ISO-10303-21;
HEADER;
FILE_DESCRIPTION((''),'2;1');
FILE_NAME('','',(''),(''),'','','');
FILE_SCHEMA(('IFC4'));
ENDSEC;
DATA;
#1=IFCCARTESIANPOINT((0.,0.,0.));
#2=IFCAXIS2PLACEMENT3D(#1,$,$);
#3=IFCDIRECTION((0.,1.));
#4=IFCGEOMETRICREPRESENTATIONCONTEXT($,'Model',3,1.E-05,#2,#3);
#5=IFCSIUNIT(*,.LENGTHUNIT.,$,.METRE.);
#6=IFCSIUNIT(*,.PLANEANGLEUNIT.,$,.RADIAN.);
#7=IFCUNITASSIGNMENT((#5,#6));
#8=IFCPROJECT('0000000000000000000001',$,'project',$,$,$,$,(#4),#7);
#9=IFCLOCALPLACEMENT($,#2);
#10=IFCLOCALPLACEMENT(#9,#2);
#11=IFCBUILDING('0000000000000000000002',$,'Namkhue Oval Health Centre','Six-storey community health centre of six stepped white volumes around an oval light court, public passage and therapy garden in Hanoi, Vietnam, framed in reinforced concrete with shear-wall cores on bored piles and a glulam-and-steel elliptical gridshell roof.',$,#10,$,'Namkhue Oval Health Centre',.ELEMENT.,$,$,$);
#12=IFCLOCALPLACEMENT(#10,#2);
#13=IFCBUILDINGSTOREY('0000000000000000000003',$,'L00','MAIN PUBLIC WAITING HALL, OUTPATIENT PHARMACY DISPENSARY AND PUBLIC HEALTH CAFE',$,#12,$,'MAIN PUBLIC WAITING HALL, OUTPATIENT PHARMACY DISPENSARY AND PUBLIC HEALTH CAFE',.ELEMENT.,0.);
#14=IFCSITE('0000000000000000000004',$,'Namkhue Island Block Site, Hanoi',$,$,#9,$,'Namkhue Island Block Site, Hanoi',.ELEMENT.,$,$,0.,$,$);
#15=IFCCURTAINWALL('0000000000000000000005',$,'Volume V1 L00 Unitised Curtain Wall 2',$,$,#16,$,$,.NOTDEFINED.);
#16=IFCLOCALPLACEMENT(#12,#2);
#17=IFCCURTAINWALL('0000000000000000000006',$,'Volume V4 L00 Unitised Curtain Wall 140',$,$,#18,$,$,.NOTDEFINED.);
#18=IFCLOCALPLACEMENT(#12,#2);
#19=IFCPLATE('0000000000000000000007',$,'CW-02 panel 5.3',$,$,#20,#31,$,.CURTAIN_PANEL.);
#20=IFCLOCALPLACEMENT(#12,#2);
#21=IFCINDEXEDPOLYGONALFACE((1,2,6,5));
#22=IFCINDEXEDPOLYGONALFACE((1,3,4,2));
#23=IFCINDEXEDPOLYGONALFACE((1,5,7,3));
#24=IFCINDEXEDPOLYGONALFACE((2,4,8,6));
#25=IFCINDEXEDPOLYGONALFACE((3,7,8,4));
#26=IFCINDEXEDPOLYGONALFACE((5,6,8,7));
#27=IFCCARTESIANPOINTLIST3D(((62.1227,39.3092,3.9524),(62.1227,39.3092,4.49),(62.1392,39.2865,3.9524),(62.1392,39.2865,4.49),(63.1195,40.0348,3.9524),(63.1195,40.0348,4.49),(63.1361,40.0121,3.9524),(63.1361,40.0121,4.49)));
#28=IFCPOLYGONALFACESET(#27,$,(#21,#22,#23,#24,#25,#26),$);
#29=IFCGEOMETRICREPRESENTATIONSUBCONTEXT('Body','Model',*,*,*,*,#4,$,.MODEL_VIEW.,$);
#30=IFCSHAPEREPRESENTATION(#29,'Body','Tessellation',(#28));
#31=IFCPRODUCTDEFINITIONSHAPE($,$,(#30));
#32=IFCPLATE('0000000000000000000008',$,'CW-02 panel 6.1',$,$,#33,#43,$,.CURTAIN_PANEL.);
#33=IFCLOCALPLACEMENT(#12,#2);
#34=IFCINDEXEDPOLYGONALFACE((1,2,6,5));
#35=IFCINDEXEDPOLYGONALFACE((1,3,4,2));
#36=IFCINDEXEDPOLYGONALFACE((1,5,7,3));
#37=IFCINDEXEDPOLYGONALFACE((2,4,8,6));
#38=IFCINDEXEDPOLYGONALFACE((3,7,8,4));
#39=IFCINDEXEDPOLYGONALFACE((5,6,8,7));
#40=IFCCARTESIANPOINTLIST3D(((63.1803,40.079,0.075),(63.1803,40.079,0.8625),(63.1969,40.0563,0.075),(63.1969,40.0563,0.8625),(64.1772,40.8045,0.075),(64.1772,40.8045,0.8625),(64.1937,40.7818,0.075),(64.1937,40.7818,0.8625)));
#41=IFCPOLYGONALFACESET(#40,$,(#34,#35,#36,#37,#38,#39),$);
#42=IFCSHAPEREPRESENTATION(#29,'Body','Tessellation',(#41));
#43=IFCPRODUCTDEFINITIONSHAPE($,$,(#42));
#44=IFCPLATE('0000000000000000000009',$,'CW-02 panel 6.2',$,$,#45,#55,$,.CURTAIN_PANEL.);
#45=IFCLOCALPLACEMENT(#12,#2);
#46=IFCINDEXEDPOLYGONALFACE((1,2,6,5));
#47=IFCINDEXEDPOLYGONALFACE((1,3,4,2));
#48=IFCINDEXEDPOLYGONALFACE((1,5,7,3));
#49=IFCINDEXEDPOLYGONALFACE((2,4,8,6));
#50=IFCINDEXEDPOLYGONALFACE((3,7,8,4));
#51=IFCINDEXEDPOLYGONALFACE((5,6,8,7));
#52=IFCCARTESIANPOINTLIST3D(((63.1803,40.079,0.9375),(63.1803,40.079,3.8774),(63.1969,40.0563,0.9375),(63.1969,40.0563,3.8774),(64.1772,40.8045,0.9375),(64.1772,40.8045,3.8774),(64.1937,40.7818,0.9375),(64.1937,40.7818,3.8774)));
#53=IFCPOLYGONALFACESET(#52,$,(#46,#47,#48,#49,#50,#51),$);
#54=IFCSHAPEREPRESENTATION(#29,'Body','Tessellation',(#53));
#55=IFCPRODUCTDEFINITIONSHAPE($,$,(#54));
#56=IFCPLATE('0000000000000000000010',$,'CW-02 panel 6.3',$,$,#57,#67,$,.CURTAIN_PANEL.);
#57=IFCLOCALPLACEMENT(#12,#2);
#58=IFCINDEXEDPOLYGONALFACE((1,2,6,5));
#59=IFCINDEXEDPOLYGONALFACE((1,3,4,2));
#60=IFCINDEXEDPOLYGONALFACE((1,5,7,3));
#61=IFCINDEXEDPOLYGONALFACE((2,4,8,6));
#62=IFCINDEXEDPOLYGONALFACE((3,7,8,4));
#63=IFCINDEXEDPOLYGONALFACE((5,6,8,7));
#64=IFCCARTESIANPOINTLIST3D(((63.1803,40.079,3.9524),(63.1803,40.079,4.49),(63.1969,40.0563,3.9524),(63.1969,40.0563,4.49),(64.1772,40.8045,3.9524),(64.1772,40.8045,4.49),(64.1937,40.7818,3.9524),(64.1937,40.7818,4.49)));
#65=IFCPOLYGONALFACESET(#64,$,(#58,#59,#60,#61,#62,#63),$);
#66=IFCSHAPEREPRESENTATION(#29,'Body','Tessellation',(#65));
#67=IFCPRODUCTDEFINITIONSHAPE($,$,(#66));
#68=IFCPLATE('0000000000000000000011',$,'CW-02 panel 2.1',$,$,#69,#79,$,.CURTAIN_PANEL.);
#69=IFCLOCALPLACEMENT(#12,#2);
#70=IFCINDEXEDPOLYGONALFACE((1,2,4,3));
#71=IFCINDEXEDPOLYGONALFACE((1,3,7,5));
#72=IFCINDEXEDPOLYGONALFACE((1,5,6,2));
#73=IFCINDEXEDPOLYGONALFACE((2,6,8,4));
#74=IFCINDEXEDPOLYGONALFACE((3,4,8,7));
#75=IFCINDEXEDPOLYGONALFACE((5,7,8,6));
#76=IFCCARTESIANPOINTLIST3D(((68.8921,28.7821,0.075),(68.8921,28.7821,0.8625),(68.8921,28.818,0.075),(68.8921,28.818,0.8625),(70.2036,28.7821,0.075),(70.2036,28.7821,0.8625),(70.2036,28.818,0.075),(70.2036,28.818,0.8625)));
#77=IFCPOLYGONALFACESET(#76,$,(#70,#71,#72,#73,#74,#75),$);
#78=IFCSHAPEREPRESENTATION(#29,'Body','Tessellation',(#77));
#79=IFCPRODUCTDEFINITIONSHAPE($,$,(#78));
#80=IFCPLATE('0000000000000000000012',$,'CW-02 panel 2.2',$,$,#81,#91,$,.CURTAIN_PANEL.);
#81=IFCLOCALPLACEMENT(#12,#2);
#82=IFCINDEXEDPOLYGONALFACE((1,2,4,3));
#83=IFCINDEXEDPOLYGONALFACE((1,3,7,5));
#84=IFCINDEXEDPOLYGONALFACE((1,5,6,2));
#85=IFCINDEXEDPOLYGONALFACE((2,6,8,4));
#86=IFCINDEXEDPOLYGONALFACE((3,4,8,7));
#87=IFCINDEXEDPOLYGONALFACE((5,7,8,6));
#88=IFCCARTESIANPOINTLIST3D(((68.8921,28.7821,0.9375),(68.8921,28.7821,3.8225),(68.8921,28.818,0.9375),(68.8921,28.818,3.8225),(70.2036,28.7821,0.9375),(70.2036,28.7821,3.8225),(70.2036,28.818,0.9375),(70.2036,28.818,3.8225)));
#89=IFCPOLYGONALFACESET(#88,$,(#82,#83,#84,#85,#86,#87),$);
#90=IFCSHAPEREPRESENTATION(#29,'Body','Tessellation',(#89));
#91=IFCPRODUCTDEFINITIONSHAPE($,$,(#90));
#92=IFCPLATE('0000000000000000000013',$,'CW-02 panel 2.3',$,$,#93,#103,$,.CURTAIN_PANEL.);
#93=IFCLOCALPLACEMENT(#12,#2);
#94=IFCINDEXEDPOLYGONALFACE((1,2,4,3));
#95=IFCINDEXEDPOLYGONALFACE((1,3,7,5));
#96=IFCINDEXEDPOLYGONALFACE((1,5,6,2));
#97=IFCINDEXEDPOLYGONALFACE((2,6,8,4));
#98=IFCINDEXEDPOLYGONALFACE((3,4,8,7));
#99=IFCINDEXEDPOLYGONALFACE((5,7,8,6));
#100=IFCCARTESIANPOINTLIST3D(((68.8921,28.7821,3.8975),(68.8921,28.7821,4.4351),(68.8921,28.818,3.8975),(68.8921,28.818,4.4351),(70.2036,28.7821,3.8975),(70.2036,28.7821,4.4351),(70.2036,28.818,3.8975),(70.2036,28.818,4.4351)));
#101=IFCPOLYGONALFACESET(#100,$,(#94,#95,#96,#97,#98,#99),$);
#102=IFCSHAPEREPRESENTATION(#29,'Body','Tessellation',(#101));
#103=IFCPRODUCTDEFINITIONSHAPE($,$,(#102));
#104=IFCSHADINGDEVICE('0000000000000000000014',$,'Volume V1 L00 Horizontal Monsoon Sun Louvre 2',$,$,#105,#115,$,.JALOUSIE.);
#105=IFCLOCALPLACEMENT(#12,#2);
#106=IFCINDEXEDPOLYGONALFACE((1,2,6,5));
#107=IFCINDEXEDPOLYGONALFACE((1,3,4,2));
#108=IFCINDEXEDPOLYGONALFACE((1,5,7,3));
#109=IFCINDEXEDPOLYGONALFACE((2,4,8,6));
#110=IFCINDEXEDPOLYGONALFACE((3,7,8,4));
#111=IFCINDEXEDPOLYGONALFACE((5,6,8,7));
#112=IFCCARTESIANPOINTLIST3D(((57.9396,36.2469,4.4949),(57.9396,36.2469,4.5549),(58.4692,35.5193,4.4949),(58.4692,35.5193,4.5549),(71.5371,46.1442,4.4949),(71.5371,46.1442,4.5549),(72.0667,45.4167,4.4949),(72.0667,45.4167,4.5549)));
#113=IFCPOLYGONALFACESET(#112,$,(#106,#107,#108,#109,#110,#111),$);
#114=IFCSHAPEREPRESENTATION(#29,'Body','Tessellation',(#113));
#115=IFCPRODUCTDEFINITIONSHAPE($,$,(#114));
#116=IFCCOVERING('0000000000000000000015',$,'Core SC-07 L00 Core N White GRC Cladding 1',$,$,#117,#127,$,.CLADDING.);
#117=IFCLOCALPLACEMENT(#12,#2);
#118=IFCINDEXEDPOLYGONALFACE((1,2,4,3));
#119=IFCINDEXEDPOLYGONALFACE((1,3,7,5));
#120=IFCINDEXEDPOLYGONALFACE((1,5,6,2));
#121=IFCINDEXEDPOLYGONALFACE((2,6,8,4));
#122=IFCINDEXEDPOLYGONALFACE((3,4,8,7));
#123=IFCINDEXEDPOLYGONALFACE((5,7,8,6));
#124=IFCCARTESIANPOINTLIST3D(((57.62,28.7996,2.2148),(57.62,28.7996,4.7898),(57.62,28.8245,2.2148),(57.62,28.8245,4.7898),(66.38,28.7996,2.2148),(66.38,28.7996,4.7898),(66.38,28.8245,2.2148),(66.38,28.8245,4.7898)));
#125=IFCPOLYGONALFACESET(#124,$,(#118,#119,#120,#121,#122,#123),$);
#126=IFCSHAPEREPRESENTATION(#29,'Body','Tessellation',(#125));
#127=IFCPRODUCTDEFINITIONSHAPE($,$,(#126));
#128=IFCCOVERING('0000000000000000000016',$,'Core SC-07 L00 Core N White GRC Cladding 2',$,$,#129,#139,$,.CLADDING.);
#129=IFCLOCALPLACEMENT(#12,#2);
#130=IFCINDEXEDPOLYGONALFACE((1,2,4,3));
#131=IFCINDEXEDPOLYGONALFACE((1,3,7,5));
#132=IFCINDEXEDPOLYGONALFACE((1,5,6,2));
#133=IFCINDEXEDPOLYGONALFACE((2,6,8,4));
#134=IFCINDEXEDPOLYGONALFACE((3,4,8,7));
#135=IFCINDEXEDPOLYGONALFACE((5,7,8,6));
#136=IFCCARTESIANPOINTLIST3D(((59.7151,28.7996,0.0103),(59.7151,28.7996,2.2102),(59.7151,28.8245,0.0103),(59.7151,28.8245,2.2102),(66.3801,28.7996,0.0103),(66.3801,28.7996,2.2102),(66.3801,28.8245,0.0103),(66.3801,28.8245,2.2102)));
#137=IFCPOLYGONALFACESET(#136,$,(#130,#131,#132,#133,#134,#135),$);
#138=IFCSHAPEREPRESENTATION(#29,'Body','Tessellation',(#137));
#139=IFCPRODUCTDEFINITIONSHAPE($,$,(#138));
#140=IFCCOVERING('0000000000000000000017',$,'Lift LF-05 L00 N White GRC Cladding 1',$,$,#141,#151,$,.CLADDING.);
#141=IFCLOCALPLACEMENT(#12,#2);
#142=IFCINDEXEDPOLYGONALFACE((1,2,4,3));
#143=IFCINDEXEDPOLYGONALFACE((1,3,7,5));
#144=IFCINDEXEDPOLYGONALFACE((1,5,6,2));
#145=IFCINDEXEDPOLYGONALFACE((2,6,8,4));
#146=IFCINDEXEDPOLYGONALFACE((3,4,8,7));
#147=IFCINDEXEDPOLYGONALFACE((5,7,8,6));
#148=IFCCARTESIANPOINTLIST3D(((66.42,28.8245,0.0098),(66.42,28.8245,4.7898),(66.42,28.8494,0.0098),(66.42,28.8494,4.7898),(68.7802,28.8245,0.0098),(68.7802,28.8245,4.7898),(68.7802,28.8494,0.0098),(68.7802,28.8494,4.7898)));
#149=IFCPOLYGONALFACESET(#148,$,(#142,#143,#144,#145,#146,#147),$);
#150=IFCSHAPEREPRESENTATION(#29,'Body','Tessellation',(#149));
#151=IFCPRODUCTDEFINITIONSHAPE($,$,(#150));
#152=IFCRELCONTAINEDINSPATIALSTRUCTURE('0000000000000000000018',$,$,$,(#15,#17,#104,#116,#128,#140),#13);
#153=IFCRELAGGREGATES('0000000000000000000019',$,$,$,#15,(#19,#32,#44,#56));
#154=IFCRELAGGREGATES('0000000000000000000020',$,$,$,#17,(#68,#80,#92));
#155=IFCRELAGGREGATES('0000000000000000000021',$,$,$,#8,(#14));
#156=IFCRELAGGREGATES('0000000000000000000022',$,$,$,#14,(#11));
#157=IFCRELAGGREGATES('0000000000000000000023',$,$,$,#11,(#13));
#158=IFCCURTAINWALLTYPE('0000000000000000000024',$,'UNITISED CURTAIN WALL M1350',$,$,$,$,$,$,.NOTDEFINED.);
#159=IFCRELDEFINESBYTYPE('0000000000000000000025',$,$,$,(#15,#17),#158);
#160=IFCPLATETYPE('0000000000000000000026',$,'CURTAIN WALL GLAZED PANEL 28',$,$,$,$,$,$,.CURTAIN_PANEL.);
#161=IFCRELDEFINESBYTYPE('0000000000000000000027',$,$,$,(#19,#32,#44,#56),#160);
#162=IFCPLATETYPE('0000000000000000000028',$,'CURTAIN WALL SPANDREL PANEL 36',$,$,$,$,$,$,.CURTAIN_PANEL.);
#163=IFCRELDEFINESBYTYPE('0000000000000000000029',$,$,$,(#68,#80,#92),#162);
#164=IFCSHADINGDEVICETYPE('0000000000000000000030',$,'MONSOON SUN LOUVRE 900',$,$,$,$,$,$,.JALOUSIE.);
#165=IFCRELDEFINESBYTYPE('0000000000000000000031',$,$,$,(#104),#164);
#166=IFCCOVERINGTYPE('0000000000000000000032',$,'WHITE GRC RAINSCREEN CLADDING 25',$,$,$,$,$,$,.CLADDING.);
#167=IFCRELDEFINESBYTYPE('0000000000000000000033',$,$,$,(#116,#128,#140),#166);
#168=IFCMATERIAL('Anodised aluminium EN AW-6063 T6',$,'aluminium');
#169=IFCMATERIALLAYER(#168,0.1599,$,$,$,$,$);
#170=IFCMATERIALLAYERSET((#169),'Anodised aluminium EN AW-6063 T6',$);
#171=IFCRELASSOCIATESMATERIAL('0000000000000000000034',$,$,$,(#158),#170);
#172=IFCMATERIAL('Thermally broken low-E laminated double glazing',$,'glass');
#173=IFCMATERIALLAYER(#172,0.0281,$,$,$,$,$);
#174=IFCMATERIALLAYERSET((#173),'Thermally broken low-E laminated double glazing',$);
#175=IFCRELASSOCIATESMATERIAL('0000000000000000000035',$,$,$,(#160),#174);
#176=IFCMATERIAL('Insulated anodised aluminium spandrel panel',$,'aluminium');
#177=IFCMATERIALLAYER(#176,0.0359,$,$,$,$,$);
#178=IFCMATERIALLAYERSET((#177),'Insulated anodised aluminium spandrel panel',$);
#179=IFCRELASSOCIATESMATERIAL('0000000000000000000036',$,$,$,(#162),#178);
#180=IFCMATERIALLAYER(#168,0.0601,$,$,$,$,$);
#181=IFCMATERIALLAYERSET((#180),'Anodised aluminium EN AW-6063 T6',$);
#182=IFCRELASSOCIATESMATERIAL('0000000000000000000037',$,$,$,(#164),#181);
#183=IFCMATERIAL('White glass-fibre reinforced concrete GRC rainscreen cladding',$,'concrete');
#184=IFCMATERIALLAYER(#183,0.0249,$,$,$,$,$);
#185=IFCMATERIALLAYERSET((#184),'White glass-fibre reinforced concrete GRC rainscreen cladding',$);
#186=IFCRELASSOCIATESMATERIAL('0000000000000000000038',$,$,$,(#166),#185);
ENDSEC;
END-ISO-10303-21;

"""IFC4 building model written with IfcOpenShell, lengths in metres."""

from ifc_helpers import new_model, si_unit, direction, frame, origin, origin_2d, place, context, subcontext, project, spatial, rectangle, extrude, material, layer, layer_set, type_object, element, aggregate, save


model = new_model("IFC4")

# Units and contexts
model_context = context("Model", 3, precision=1e-05, world=origin(), true_north=direction((0.0, 1.0)))
body_context = subcontext(model_context, "Body", "Model", "MODEL_VIEW")
ifc_project = project(units=[si_unit("LENGTHUNIT", "METRE"), si_unit("PLANEANGLEUNIT", "RADIAN")], contexts=[model_context])

# Site, building, storey
site_placement = place(None, origin())
site = spatial("IfcSite", under=ifc_project, at=site_placement, Name="Namkhue Island Block Site, Hanoi", LongName="Namkhue Island Block Site, Hanoi", CompositionType="ELEMENT", RefElevation=0.0)
building_placement = place(site_placement, origin())
building = spatial("IfcBuilding", under=site, at=building_placement, Name="Namkhue Oval Health Centre", Description="Six-storey community health centre of six stepped white volumes around an oval light court, public passage and therapy garden in Hanoi, Vietnam, framed in reinforced concrete with shear-wall cores on bored piles and a glulam-and-steel elliptical gridshell roof.", LongName="Namkhue Oval Health Centre", CompositionType="ELEMENT")
storey_placement = place(building_placement, origin())
storey = spatial("IfcBuildingStorey", under=building, at=storey_placement, Name="L00", Description="MAIN PUBLIC WAITING HALL, OUTPATIENT PHARMACY DISPENSARY AND PUBLIC HEALTH CAFE", LongName="MAIN PUBLIC WAITING HALL, OUTPATIENT PHARMACY DISPENSARY AND PUBLIC HEALTH CAFE", CompositionType="ELEMENT", Elevation=0.0)

# Curtain wall
ifc_material_1 = material(Name="Anodised aluminium EN AW-6063 T6", Category="aluminium")
ifc_layer_1 = layer(ifc_material_1, 0.1599)
ifc_layer_set_1 = layer_set([ifc_layer_1], Name="Anodised aluminium EN AW-6063 T6")
curtain_wall_type = type_object("IfcCurtainWallType", Name="UNITISED CURTAIN WALL M1350", PredefinedType="NOTDEFINED", material=ifc_layer_set_1)
curtain_wall_1_placement = place(storey_placement, origin())
curtain_wall_1 = element("IfcCurtainWall", 1, at=curtain_wall_1_placement, inside=storey, type_object=curtain_wall_type, Name="Volume V1 L00 Unitised Curtain Wall 2", PredefinedType="NOTDEFINED")

# Curtain wall
curtain_wall_2_placement = place(storey_placement, origin())
curtain_wall_2 = element("IfcCurtainWall", 2, at=curtain_wall_2_placement, inside=storey, type_object=curtain_wall_type, Name="Volume V4 L00 Unitised Curtain Wall 140", PredefinedType="NOTDEFINED")

# Plates
ifc_material_2 = material(Name="Thermally broken low-E laminated double glazing", Category="glass")
ifc_layer_2 = layer(ifc_material_2, 0.0281)
ifc_layer_set_2 = layer_set([ifc_layer_2], Name="Thermally broken low-E laminated double glazing")
plate_type_1 = type_object("IfcPlateType", Name="CURTAIN WALL GLAZED PANEL 28", PredefinedType="CURTAIN_PANEL", material=ifc_layer_set_2)
plate_1_placement = place(storey_placement, frame((62.6294, 39.6606, 3.9524), z_axis=(0.0, 0.0, 1.0), x_axis=(0.808514, 0.588477, 0.0)))
plate_1 = element("IfcPlate", 3, at=plate_1_placement, type_object=plate_type_1, Name="CW-02 panel 5.3", PredefinedType="CURTAIN_PANEL", context=body_context, shape_type="SweptSolid", body=[
    extrude(rectangle(XDim=1.2329, YDim=0.0281, at=origin_2d()), origin(), (0.0, 0.0, 1.0), 0.5376),
])
plate_2_placement = place(storey_placement, frame((63.687, 40.4304, 0.075), z_axis=(0.0, 0.0, 1.0), x_axis=(0.808514, 0.588477, 0.0)))
plate_2 = element("IfcPlate", 4, at=plate_2_placement, type_object=plate_type_1, Name="CW-02 panel 6.1", PredefinedType="CURTAIN_PANEL", context=body_context, shape_type="SweptSolid", body=[
    extrude(rectangle(XDim=1.2329, YDim=0.0281, at=origin_2d()), origin(), (0.0, 0.0, 1.0), 0.7876),
])
plate_3_placement = place(storey_placement, frame((63.687, 40.4304, 0.9375), z_axis=(0.0, 0.0, 1.0), x_axis=(0.808514, 0.588477, 0.0)))
plate_3 = element("IfcPlate", 5, at=plate_3_placement, type_object=plate_type_1, Name="CW-02 panel 6.2", PredefinedType="CURTAIN_PANEL", context=body_context, shape_type="SweptSolid", body=[
    extrude(rectangle(XDim=1.2329, YDim=0.0281, at=origin_2d()), origin(), (0.0, 0.0, 1.0), 2.9399),
])
plate_4_placement = place(storey_placement, frame((63.687, 40.4304, 3.9524), z_axis=(0.0, 0.0, 1.0), x_axis=(0.808514, 0.588477, 0.0)))
plate_4 = element("IfcPlate", 6, at=plate_4_placement, type_object=plate_type_1, Name="CW-02 panel 6.3", PredefinedType="CURTAIN_PANEL", context=body_context, shape_type="SweptSolid", body=[
    extrude(rectangle(XDim=1.2329, YDim=0.0281, at=origin_2d()), origin(), (0.0, 0.0, 1.0), 0.5376),
])
aggregate(curtain_wall_1, [plate_1, plate_2, plate_3, plate_4])
ifc_material_3 = material(Name="Insulated anodised aluminium spandrel panel", Category="aluminium")
ifc_layer_3 = layer(ifc_material_3, 0.0359)
ifc_layer_set_3 = layer_set([ifc_layer_3], Name="Insulated anodised aluminium spandrel panel")
plate_type_2 = type_object("IfcPlateType", Name="CURTAIN WALL SPANDREL PANEL 36", PredefinedType="CURTAIN_PANEL", material=ifc_layer_set_3)
plate_5_placement = place(storey_placement, frame((69.5479, 28.8, 0.075), z_axis=(0.0, 0.0, 1.0), x_axis=(-1.0, 0.0, 0.0)))
plate_5 = element("IfcPlate", 7, at=plate_5_placement, type_object=plate_type_2, Name="CW-02 panel 2.1", PredefinedType="CURTAIN_PANEL", context=body_context, shape_type="SweptSolid", body=[
    extrude(rectangle(XDim=1.3115, YDim=0.0359, at=origin_2d()), origin(), (0.0, 0.0, 1.0), 0.7876),
])
plate_6_placement = place(storey_placement, frame((69.5479, 28.8, 0.9375), z_axis=(0.0, 0.0, 1.0), x_axis=(-1.0, 0.0, 0.0)))
plate_6 = element("IfcPlate", 8, at=plate_6_placement, type_object=plate_type_2, Name="CW-02 panel 2.2", PredefinedType="CURTAIN_PANEL", context=body_context, shape_type="SweptSolid", body=[
    extrude(rectangle(XDim=1.3115, YDim=0.0359, at=origin_2d()), origin(), (0.0, 0.0, 1.0), 2.885),
])
plate_7_placement = place(storey_placement, frame((69.5479, 28.8, 3.8975), z_axis=(0.0, 0.0, 1.0), x_axis=(-1.0, 0.0, 0.0)))
plate_7 = element("IfcPlate", 9, at=plate_7_placement, type_object=plate_type_2, Name="CW-02 panel 2.3", PredefinedType="CURTAIN_PANEL", context=body_context, shape_type="SweptSolid", body=[
    extrude(rectangle(XDim=1.3115, YDim=0.0359, at=origin_2d()), origin(), (0.0, 0.0, 1.0), 0.5376),
])
aggregate(curtain_wall_2, [plate_5, plate_6, plate_7])

# Shading device
ifc_layer_4 = layer(ifc_material_1, 0.0601)
ifc_layer_set_4 = layer_set([ifc_layer_4], Name="Anodised aluminium EN AW-6063 T6")
shading_device_type = type_object("IfcShadingDeviceType", Name="MONSOON SUN LOUVRE 900", PredefinedType="JALOUSIE", material=ifc_layer_set_4)
shading_device_placement = place(storey_placement, frame((65.0032, 40.8318, 4.4949), z_axis=(0.0, 0.0, 1.0), x_axis=(0.808504, 0.588491, 0.0)))
element("IfcShadingDevice", 10, at=shading_device_placement, inside=storey, type_object=shading_device_type, Name="Volume V1 L00 Horizontal Monsoon Sun Louvre 2", PredefinedType="JALOUSIE", context=body_context, shape_type="SweptSolid", body=[
    extrude(rectangle(XDim=16.8181, YDim=0.8999, at=origin_2d()), origin(), (0.0, 0.0, 1.0), 0.0601),
])

# Coverings
ifc_material_4 = material(Name="White glass-fibre reinforced concrete GRC rainscreen cladding", Category="concrete")
ifc_layer_5 = layer(ifc_material_4, 0.0249)
ifc_layer_set_5 = layer_set([ifc_layer_5], Name="White glass-fibre reinforced concrete GRC rainscreen cladding")
covering_type = type_object("IfcCoveringType", Name="WHITE GRC RAINSCREEN CLADDING 25", PredefinedType="CLADDING", material=ifc_layer_set_5)
covering_1_placement = place(storey_placement, frame((62.0, 28.812, 2.2148), z_axis=(0.0, 0.0, 1.0), x_axis=(-1.0, 0.0, 0.0)))
element("IfcCovering", 11, at=covering_1_placement, inside=storey, type_object=covering_type, Name="Core SC-07 L00 Core N White GRC Cladding 1", PredefinedType="CLADDING", context=body_context, shape_type="SweptSolid", body=[
    extrude(rectangle(XDim=8.76, YDim=0.0249, at=origin_2d()), origin(), (0.0, 0.0, 1.0), 2.575),
])
covering_2_placement = place(storey_placement, frame((63.0476, 28.812, 0.0103), z_axis=(0.0, 0.0, 1.0), x_axis=(-1.0, 0.0, 0.0)))
element("IfcCovering", 12, at=covering_2_placement, inside=storey, type_object=covering_type, Name="Core SC-07 L00 Core N White GRC Cladding 2", PredefinedType="CLADDING", context=body_context, shape_type="SweptSolid", body=[
    extrude(rectangle(XDim=6.665, YDim=0.0249, at=origin_2d()), origin(), (0.0, 0.0, 1.0), 2.2),
])
covering_3_placement = place(storey_placement, frame((67.6001, 28.8369, 0.0098), z_axis=(0.0, 0.0, 1.0), x_axis=(-1.0, 0.0, 0.0)))
element("IfcCovering", 13, at=covering_3_placement, inside=storey, type_object=covering_type, Name="Lift LF-05 L00 N White GRC Cladding 1", PredefinedType="CLADDING", context=body_context, shape_type="SweptSolid", body=[
    extrude(rectangle(XDim=2.3601, YDim=0.0249, at=origin_2d()), origin(), (0.0, 0.0, 1.0), 4.78),
])

save(model, "model.ifc")
